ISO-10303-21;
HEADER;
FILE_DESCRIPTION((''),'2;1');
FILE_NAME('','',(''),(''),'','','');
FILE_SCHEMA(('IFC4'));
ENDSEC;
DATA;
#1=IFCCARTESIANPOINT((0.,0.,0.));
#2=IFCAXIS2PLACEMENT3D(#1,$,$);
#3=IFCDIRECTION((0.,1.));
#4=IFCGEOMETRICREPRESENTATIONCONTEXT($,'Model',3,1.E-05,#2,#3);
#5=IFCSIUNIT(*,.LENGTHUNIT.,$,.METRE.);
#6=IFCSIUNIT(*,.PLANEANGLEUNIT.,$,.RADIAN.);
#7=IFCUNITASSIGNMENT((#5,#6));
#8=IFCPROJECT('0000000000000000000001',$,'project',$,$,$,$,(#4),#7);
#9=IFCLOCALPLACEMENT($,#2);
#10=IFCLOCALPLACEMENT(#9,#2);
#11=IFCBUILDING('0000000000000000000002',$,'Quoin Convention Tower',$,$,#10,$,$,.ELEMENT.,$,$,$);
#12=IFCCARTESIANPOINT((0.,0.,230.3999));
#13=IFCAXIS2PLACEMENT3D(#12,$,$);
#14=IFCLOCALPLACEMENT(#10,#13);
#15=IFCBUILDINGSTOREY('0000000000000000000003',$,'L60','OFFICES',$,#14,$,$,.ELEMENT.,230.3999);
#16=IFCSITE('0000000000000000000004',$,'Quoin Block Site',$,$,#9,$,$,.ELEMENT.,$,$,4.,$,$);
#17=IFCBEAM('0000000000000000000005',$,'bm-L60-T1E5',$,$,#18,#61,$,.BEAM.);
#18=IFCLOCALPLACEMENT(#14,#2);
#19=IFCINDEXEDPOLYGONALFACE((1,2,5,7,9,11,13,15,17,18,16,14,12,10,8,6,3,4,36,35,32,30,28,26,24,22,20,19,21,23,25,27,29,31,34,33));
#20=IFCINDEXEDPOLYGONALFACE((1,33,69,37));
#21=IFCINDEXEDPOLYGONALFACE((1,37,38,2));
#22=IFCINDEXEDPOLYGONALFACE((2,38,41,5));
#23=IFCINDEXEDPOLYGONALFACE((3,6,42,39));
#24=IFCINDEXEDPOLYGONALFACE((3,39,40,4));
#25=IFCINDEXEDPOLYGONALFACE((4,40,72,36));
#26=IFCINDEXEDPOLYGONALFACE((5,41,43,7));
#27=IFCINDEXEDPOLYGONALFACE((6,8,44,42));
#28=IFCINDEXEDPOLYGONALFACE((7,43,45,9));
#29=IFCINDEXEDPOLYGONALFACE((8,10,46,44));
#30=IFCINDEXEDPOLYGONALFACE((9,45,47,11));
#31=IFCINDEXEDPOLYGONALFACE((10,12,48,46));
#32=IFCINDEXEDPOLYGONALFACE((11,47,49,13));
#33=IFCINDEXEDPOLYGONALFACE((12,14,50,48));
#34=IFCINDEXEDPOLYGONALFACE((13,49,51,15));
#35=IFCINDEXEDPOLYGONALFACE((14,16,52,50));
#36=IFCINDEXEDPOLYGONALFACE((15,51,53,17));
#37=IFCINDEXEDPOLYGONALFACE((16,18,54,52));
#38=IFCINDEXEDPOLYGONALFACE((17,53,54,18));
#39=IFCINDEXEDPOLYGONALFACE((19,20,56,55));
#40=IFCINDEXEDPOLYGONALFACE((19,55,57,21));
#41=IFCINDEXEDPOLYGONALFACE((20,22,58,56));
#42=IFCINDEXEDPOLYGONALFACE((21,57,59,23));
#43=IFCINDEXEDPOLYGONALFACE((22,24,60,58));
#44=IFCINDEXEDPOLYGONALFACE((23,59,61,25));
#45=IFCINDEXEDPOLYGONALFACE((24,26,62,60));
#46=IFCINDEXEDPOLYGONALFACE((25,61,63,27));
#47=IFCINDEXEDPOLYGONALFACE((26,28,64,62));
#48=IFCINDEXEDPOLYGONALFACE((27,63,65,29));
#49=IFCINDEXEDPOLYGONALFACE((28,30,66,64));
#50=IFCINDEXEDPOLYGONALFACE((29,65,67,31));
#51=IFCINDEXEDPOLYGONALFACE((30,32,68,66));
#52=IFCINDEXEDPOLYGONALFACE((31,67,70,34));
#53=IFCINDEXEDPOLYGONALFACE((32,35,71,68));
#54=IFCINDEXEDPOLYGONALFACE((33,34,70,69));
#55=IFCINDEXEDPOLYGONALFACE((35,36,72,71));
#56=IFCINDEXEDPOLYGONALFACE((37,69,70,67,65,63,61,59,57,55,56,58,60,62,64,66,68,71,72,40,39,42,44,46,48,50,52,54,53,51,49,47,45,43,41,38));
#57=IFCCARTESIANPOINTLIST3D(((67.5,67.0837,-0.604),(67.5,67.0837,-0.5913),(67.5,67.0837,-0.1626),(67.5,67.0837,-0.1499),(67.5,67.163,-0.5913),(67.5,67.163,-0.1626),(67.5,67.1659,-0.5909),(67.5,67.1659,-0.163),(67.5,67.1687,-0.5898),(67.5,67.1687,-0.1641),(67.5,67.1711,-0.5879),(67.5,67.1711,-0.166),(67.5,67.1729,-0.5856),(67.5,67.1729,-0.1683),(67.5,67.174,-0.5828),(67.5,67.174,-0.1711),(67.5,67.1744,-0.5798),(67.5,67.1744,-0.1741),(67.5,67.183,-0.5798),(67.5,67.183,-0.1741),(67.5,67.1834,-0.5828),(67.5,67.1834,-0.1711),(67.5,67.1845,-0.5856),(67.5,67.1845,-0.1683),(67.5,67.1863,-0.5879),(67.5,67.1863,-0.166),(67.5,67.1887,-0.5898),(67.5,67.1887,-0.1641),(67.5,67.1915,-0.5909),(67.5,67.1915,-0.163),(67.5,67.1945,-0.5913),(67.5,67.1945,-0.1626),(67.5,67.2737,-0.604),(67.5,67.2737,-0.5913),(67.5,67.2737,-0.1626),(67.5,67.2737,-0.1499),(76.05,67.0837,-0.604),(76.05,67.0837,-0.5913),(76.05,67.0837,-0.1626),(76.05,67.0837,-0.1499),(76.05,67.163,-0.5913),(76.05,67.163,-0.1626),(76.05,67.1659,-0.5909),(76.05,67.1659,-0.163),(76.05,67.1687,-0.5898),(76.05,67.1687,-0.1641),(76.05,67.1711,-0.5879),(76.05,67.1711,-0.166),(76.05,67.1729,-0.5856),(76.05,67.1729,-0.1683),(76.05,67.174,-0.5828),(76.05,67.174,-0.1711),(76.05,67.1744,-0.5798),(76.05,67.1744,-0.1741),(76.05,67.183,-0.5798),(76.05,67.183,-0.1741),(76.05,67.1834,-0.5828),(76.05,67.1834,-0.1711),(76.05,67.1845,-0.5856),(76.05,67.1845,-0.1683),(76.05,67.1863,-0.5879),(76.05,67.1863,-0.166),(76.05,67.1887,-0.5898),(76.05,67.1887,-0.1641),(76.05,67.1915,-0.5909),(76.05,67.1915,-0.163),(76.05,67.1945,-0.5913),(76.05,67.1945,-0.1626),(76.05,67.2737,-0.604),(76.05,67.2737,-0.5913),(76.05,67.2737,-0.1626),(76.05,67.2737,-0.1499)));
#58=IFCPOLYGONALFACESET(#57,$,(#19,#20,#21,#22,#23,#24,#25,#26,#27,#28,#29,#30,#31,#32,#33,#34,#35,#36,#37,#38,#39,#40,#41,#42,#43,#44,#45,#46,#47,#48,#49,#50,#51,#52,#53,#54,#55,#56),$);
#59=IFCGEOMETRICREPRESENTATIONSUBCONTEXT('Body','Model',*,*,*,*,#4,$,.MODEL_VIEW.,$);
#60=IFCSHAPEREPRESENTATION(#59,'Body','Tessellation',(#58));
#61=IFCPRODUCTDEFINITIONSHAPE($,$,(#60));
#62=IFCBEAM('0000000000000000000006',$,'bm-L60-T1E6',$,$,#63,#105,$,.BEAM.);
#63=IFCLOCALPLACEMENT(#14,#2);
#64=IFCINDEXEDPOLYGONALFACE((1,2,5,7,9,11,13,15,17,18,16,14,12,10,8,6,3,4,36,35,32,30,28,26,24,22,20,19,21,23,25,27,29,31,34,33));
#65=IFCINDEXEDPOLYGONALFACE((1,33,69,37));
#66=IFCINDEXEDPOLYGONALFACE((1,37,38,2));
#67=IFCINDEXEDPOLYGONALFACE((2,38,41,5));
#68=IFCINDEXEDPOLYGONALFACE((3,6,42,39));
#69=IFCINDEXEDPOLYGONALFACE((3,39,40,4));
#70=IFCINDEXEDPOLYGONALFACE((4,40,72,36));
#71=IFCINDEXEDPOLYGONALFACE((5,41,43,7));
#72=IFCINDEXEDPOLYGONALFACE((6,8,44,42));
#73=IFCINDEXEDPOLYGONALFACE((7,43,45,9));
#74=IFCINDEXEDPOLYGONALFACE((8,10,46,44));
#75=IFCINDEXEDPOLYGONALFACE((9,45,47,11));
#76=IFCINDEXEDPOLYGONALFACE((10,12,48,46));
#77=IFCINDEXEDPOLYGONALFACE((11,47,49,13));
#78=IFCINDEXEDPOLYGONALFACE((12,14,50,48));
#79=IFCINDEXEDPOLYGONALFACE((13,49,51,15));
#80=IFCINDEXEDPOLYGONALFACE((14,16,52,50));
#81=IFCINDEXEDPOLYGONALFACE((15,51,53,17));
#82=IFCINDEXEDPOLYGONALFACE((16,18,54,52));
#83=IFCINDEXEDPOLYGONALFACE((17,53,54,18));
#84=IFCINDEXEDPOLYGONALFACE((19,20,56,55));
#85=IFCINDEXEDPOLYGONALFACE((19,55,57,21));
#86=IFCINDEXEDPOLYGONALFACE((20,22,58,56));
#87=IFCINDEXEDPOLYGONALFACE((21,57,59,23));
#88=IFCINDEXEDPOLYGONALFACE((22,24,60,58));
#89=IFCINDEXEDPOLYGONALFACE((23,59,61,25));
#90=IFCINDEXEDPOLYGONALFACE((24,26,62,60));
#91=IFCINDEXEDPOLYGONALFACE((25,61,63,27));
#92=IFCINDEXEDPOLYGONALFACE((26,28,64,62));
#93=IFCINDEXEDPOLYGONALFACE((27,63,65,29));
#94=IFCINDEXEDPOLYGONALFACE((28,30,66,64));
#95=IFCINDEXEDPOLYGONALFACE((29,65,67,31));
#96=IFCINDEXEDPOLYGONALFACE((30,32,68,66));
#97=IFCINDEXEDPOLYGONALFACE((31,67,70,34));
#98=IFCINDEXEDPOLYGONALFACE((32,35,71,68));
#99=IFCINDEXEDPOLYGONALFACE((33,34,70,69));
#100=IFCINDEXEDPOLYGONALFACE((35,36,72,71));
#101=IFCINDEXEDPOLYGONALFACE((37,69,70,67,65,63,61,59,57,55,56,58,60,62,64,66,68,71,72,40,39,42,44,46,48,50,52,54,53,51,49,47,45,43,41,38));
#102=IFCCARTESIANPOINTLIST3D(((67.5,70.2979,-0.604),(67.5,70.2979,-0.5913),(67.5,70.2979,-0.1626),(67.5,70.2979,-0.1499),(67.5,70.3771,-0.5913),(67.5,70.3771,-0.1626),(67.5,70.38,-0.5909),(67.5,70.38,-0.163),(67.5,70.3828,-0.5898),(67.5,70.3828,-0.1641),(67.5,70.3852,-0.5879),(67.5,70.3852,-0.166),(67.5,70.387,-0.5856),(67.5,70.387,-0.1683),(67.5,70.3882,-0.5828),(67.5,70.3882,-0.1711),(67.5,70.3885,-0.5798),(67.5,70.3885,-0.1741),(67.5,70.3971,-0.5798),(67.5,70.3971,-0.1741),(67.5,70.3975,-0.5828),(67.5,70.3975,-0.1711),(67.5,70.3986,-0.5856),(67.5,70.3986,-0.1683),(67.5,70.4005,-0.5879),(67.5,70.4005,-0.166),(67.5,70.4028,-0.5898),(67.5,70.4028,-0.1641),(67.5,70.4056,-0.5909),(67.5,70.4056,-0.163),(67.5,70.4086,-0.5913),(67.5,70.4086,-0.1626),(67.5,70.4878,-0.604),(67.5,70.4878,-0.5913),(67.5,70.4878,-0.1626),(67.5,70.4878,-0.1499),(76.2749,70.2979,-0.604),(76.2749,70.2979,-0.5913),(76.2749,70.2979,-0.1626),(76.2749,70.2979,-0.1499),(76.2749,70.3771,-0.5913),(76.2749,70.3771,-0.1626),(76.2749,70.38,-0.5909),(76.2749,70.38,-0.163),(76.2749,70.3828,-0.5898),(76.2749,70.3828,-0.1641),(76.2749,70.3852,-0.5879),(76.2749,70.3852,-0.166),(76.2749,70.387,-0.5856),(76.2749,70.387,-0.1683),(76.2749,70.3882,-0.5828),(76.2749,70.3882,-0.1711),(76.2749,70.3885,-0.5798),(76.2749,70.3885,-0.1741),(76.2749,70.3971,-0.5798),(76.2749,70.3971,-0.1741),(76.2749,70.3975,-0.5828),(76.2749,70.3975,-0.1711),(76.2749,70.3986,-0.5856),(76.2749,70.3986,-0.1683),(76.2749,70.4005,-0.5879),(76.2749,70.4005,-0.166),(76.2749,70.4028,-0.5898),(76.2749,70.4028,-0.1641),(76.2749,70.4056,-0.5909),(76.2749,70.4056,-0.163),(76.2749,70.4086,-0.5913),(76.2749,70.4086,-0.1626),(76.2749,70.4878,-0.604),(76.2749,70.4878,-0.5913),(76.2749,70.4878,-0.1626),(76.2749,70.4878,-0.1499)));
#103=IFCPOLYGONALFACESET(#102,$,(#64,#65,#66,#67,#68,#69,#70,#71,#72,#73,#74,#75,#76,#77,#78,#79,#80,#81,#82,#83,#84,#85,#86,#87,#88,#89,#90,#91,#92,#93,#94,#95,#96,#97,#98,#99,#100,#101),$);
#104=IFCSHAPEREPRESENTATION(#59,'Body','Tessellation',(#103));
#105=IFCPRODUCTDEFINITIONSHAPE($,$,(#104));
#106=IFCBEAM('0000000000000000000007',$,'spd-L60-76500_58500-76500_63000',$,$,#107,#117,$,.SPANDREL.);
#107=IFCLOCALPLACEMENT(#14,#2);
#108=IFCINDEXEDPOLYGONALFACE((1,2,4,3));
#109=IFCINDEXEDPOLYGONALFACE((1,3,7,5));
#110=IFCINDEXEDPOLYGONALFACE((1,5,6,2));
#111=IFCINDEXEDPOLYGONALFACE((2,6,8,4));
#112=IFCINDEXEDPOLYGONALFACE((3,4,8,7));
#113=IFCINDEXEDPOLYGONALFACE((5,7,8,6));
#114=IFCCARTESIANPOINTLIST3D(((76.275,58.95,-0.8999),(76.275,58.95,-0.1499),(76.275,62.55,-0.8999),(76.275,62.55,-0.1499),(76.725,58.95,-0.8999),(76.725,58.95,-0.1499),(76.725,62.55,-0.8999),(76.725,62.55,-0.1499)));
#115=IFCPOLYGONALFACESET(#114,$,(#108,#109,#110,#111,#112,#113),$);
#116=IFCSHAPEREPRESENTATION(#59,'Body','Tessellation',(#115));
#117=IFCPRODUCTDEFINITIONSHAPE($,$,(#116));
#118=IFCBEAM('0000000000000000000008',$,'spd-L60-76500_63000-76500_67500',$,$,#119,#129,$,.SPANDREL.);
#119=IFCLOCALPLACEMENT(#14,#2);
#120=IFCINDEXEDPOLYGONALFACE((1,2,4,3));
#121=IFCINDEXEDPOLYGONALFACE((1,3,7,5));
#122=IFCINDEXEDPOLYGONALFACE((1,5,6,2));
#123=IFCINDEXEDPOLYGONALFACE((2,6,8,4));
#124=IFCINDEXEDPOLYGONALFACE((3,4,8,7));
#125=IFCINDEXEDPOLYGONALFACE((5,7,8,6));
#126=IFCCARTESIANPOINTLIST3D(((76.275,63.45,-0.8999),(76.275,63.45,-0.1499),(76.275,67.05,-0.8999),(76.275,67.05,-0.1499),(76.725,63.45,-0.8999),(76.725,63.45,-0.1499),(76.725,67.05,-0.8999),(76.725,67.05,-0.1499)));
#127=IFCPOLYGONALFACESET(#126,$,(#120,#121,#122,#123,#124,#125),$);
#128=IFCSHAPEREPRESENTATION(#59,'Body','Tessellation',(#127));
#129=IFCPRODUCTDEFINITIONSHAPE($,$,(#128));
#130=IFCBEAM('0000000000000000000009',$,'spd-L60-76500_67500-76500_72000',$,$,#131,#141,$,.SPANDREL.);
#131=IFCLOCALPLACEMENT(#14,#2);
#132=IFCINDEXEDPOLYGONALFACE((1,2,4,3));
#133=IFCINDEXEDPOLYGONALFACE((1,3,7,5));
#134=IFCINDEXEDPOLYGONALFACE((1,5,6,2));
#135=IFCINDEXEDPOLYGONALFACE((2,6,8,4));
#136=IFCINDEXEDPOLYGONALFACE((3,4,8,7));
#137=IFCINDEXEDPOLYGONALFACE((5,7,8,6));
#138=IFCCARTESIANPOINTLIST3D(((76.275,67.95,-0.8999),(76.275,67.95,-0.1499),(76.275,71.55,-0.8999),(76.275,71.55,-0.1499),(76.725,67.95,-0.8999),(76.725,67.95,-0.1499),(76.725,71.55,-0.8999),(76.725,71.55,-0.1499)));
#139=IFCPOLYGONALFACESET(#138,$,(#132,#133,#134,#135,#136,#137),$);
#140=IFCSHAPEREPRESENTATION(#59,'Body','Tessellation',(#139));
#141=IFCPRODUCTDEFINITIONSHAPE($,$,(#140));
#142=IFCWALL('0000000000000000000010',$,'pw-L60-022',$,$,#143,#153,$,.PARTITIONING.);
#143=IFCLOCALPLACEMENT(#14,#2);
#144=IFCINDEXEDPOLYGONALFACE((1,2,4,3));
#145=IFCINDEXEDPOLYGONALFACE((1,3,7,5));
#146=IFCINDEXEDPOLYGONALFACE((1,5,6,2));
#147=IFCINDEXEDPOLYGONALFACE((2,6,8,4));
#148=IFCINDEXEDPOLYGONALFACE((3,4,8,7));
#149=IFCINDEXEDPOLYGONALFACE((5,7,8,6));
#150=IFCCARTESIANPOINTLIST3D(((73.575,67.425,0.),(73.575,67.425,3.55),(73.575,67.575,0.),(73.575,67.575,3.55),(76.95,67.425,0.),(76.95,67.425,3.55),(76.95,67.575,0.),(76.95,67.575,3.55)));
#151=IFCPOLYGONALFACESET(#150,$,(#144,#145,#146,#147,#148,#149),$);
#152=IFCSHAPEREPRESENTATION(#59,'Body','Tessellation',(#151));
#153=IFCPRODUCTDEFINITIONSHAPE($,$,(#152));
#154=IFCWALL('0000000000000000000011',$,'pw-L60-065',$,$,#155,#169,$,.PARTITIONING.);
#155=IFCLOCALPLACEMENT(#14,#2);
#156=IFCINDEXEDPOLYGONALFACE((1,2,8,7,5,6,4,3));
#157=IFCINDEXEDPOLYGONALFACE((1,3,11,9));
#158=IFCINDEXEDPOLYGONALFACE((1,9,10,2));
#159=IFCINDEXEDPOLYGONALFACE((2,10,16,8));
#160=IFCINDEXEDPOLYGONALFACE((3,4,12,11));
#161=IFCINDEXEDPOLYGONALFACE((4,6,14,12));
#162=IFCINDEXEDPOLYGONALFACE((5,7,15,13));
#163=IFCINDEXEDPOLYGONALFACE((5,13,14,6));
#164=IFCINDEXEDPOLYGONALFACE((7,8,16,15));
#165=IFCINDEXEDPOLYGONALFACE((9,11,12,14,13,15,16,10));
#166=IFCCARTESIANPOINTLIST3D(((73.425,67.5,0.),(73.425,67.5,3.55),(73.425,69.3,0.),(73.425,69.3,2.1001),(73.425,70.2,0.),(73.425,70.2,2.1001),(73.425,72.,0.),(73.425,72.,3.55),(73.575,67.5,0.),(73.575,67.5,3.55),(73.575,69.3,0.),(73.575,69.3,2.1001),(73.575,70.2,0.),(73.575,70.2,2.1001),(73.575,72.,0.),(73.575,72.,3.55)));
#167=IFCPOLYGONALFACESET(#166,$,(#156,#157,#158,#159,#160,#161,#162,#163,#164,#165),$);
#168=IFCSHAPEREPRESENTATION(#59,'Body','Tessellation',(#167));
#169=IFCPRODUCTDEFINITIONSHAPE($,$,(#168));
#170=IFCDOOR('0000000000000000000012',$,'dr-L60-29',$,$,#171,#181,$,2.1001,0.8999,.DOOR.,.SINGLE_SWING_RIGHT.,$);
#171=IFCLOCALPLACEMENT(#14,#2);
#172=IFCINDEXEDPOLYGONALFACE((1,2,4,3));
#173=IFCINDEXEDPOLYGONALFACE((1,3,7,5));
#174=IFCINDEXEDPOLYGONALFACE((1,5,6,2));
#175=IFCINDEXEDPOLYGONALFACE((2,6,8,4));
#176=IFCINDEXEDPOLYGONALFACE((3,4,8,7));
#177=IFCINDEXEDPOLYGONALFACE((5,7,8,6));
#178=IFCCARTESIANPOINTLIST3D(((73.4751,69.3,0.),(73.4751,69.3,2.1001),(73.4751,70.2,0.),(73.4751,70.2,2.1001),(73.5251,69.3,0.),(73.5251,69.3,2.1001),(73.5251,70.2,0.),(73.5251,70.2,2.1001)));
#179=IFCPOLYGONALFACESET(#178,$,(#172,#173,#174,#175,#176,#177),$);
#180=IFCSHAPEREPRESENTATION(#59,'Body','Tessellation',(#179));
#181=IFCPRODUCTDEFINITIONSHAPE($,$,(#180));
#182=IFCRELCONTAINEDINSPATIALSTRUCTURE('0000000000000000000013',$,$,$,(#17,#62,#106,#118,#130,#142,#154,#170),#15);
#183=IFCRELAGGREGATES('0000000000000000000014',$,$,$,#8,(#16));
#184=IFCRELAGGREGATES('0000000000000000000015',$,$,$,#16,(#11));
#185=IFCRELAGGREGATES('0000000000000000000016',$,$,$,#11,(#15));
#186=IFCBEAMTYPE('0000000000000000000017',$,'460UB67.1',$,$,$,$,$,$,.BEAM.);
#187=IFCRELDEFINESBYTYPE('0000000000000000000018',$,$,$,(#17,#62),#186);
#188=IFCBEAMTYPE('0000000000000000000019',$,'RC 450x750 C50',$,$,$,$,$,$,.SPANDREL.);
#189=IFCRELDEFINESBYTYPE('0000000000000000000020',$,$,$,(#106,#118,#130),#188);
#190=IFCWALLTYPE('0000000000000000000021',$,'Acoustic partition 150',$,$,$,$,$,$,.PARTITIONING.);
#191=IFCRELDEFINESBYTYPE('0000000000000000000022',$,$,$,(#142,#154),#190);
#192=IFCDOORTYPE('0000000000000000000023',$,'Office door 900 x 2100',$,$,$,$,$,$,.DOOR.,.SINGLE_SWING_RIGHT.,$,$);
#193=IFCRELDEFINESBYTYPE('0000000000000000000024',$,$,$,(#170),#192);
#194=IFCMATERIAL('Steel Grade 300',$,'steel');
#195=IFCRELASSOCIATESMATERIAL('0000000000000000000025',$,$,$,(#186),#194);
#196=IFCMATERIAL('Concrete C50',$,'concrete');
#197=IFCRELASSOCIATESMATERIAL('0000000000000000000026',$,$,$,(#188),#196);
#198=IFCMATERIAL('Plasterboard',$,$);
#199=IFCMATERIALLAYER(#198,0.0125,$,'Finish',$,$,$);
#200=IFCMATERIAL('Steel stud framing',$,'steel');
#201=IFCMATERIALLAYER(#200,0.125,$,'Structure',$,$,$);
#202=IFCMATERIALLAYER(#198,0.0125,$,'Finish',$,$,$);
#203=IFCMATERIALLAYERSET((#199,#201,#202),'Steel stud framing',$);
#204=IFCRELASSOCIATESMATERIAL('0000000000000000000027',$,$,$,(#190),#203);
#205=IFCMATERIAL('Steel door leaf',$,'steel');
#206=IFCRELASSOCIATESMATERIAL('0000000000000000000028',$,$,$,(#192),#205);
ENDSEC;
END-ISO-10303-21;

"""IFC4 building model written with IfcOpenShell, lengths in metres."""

from ifc_helpers import new_model, si_unit, direction, frame, frame_2d, origin, origin_2d, place, context, subcontext, project, spatial, rectangle, i_section, extrude, material, layer, layer_set, material_profile, profile_set, type_object, element, fill, save


model = new_model("IFC4")

# Units and contexts
model_context = context("Model", 3, precision=1e-05, world=origin(), true_north=direction((0.0, 1.0)))
body_context = subcontext(model_context, "Body", "Model", "MODEL_VIEW")
ifc_project = project(units=[si_unit("LENGTHUNIT", "METRE"), si_unit("PLANEANGLEUNIT", "RADIAN")], contexts=[model_context])

# Site, building, storey
site_placement = place(None, origin())
site = spatial("IfcSite", under=ifc_project, at=site_placement, Name="Quoin Block Site", CompositionType="ELEMENT", RefElevation=4.0)
building_placement = place(site_placement, origin())
building = spatial("IfcBuilding", under=site, at=building_placement, Name="Quoin Convention Tower", CompositionType="ELEMENT")
storey_placement = place(building_placement, frame((0.0, 0.0, 230.3999)))
storey = spatial("IfcBuildingStorey", under=building, at=storey_placement, Name="L60", Description="OFFICES", CompositionType="ELEMENT", Elevation=230.3999)

# Shared definitions
ifc_material_1 = material(Name="Concrete C50", Category="concrete")

# Beams
ifc_material_2 = material(Name="Steel Grade 300", Category="steel")
ifc_material_profile_1 = material_profile(ifc_material_2, i_section(OverallWidth=0.1899, OverallDepth=0.4541, WebThickness=0.0085, FlangeThickness=0.0127, FilletRadius=0.0115, at=origin_2d()), Name="460UB67.1")
ifc_profile_set_1 = profile_set([ifc_material_profile_1], Name="Steel Grade 300")
beam_type_1 = type_object("IfcBeamType", Name="460UB67.1", PredefinedType="BEAM", material=ifc_profile_set_1)
beam_1_placement = place(storey_placement, frame((67.5, 67.1787, -0.377), z_axis=(1.0, 0.0, 0.0), x_axis=(0.0, 1.0, 0.0)))
element("IfcBeam", 1, at=beam_1_placement, inside=storey, type_object=beam_type_1, Name="bm-L60-T1E5", PredefinedType="BEAM", context=body_context, shape_type="SweptSolid", body=[
    extrude(i_section(OverallWidth=0.1899, OverallDepth=0.4541, WebThickness=0.0085, FlangeThickness=0.0127, FilletRadius=0.0115, at=origin_2d()), origin(), (0.0, 0.0, 1.0), 8.55),
])
beam_2_placement = place(storey_placement, frame((67.5, 70.3928, -0.377), z_axis=(1.0, 0.0, 0.0), x_axis=(0.0, 1.0, 0.0)))
element("IfcBeam", 2, at=beam_2_placement, inside=storey, type_object=beam_type_1, Name="bm-L60-T1E6", PredefinedType="BEAM", context=body_context, shape_type="SweptSolid", body=[
    extrude(i_section(OverallWidth=0.1899, OverallDepth=0.4541, WebThickness=0.0085, FlangeThickness=0.0127, FilletRadius=0.0115, at=origin_2d()), origin(), (0.0, 0.0, 1.0), 8.7749),
])
ifc_material_profile_2 = material_profile(ifc_material_1, rectangle(XDim=0.45, YDim=0.75, at=origin_2d()), Name="RC 450x750")
ifc_profile_set_2 = profile_set([ifc_material_profile_2], Name="Concrete C50")
beam_type_2 = type_object("IfcBeamType", Name="RC 450x750 C50", PredefinedType="SPANDREL", material=ifc_profile_set_2)
for number, where, z_axis, x_axis, name in (
    (3, (76.5, 58.95, -0.5249), (0.0, 1.0, 0.0), (-1.0, 0.0, 0.0), "spd-L60-76500_58500-76500_63000"),
    (4, (76.5, 63.45, -0.5249), (0.0, 1.0, 0.0), (-1.0, 0.0, 0.0), "spd-L60-76500_63000-76500_67500"),
    (5, (76.5, 67.95, -0.5249), (0.0, 1.0, 0.0), (-1.0, 0.0, 0.0), "spd-L60-76500_67500-76500_72000"),
):
    element("IfcBeam", number, at=place(storey_placement, frame(where, z_axis=z_axis, x_axis=x_axis)), inside=storey, type_object=beam_type_2, Name=name, PredefinedType="SPANDREL", context=body_context, shape_type="SweptSolid", body=[
        extrude(rectangle(XDim=0.45, YDim=0.75, at=origin_2d()), origin(), (0.0, 0.0, 1.0), 3.6001),
    ])

# Wall
ifc_material_3 = material(Name="Plasterboard")
ifc_layer_1 = layer(ifc_material_3, 0.0125, Name="Finish")
ifc_material_4 = material(Name="Steel stud framing", Category="steel")
ifc_layer_2 = layer(ifc_material_4, 0.125, Name="Structure")
ifc_layer_3 = layer(ifc_material_3, 0.0125, Name="Finish")
ifc_layer_set_1 = layer_set([ifc_layer_1, ifc_layer_2, ifc_layer_3], Name="Steel stud framing")
wall_type_1 = type_object("IfcWallType", Name="Acoustic partition 150", PredefinedType="PARTITIONING", material=ifc_layer_set_1)
wall_1_placement = place(storey_placement, frame((73.575, 67.5, 0.0), z_axis=(0.0, 0.0, 1.0), x_axis=(1.0, 0.0, 0.0)))
element("IfcWall", 6, at=wall_1_placement, inside=storey, type_object=wall_type_1, Name="pw-L60-022", PredefinedType="PARTITIONING", context=body_context, shape_type="SweptSolid", body=[
    extrude(rectangle(XDim=3.375, YDim=0.1499, at=frame_2d((1.6875, 0.0))), origin(), (0.0, 0.0, 1.0), 3.55),
])

# Wall, opening, door
wall_2_placement = place(storey_placement, frame((73.5, 67.5, 0.0), z_axis=(0.0, 0.0, 1.0), x_axis=(0.0, 1.0, 0.0)))
wall_2 = element("IfcWall", 7, at=wall_2_placement, inside=storey, type_object=wall_type_1, Name="pw-L60-065", PredefinedType="PARTITIONING", context=body_context, shape_type="SweptSolid", body=[
    extrude(rectangle(XDim=4.5, YDim=0.1499, at=frame_2d((2.25, 0.0))), origin(), (0.0, 0.0, 1.0), 3.55),
])
opening_1_placement = place(wall_2_placement, frame((1.8, 0.0, 0.0)))
opening_1 = element("IfcOpeningElement", 8, at=opening_1_placement, cuts=wall_2, PredefinedType="OPENING", context=body_context, shape_type="SweptSolid", body=[
    extrude(rectangle(XDim=0.8999, YDim=2.1001, at=frame_2d((0.45, 1.05))), frame((0.0, 0.085, 0.0), z_axis=(0.0, -1.0, 0.0), x_axis=(1.0, 0.0, 0.0)), (0.0, 0.0, 1.0), 0.1699),
])
ifc_material_5 = material(Name="Steel door leaf", Category="steel")
door_type_1 = type_object("IfcDoorType", Name="Office door 900 x 2100", OperationType="SINGLE_SWING_RIGHT", PredefinedType="DOOR", material=ifc_material_5)
door_1_placement = place(opening_1_placement, origin())
door_1 = element("IfcDoor", 9, at=door_1_placement, inside=storey, type_object=door_type_1, Name="dr-L60-29", OperationType="SINGLE_SWING_RIGHT", OverallHeight=2.1001, OverallWidth=0.8999, PredefinedType="DOOR", context=body_context, shape_type="SweptSolid", body=[
    extrude(rectangle(XDim=0.8999, YDim=2.1001, at=frame_2d((0.45, 1.05))), frame((0.0, 0.0249, 0.0), z_axis=(0.0, -1.0, 0.0), x_axis=(1.0, 0.0, 0.0)), (0.0, 0.0, 1.0), 0.05),
])
fill(opening_1, door_1)

save(model, "model.ifc")
